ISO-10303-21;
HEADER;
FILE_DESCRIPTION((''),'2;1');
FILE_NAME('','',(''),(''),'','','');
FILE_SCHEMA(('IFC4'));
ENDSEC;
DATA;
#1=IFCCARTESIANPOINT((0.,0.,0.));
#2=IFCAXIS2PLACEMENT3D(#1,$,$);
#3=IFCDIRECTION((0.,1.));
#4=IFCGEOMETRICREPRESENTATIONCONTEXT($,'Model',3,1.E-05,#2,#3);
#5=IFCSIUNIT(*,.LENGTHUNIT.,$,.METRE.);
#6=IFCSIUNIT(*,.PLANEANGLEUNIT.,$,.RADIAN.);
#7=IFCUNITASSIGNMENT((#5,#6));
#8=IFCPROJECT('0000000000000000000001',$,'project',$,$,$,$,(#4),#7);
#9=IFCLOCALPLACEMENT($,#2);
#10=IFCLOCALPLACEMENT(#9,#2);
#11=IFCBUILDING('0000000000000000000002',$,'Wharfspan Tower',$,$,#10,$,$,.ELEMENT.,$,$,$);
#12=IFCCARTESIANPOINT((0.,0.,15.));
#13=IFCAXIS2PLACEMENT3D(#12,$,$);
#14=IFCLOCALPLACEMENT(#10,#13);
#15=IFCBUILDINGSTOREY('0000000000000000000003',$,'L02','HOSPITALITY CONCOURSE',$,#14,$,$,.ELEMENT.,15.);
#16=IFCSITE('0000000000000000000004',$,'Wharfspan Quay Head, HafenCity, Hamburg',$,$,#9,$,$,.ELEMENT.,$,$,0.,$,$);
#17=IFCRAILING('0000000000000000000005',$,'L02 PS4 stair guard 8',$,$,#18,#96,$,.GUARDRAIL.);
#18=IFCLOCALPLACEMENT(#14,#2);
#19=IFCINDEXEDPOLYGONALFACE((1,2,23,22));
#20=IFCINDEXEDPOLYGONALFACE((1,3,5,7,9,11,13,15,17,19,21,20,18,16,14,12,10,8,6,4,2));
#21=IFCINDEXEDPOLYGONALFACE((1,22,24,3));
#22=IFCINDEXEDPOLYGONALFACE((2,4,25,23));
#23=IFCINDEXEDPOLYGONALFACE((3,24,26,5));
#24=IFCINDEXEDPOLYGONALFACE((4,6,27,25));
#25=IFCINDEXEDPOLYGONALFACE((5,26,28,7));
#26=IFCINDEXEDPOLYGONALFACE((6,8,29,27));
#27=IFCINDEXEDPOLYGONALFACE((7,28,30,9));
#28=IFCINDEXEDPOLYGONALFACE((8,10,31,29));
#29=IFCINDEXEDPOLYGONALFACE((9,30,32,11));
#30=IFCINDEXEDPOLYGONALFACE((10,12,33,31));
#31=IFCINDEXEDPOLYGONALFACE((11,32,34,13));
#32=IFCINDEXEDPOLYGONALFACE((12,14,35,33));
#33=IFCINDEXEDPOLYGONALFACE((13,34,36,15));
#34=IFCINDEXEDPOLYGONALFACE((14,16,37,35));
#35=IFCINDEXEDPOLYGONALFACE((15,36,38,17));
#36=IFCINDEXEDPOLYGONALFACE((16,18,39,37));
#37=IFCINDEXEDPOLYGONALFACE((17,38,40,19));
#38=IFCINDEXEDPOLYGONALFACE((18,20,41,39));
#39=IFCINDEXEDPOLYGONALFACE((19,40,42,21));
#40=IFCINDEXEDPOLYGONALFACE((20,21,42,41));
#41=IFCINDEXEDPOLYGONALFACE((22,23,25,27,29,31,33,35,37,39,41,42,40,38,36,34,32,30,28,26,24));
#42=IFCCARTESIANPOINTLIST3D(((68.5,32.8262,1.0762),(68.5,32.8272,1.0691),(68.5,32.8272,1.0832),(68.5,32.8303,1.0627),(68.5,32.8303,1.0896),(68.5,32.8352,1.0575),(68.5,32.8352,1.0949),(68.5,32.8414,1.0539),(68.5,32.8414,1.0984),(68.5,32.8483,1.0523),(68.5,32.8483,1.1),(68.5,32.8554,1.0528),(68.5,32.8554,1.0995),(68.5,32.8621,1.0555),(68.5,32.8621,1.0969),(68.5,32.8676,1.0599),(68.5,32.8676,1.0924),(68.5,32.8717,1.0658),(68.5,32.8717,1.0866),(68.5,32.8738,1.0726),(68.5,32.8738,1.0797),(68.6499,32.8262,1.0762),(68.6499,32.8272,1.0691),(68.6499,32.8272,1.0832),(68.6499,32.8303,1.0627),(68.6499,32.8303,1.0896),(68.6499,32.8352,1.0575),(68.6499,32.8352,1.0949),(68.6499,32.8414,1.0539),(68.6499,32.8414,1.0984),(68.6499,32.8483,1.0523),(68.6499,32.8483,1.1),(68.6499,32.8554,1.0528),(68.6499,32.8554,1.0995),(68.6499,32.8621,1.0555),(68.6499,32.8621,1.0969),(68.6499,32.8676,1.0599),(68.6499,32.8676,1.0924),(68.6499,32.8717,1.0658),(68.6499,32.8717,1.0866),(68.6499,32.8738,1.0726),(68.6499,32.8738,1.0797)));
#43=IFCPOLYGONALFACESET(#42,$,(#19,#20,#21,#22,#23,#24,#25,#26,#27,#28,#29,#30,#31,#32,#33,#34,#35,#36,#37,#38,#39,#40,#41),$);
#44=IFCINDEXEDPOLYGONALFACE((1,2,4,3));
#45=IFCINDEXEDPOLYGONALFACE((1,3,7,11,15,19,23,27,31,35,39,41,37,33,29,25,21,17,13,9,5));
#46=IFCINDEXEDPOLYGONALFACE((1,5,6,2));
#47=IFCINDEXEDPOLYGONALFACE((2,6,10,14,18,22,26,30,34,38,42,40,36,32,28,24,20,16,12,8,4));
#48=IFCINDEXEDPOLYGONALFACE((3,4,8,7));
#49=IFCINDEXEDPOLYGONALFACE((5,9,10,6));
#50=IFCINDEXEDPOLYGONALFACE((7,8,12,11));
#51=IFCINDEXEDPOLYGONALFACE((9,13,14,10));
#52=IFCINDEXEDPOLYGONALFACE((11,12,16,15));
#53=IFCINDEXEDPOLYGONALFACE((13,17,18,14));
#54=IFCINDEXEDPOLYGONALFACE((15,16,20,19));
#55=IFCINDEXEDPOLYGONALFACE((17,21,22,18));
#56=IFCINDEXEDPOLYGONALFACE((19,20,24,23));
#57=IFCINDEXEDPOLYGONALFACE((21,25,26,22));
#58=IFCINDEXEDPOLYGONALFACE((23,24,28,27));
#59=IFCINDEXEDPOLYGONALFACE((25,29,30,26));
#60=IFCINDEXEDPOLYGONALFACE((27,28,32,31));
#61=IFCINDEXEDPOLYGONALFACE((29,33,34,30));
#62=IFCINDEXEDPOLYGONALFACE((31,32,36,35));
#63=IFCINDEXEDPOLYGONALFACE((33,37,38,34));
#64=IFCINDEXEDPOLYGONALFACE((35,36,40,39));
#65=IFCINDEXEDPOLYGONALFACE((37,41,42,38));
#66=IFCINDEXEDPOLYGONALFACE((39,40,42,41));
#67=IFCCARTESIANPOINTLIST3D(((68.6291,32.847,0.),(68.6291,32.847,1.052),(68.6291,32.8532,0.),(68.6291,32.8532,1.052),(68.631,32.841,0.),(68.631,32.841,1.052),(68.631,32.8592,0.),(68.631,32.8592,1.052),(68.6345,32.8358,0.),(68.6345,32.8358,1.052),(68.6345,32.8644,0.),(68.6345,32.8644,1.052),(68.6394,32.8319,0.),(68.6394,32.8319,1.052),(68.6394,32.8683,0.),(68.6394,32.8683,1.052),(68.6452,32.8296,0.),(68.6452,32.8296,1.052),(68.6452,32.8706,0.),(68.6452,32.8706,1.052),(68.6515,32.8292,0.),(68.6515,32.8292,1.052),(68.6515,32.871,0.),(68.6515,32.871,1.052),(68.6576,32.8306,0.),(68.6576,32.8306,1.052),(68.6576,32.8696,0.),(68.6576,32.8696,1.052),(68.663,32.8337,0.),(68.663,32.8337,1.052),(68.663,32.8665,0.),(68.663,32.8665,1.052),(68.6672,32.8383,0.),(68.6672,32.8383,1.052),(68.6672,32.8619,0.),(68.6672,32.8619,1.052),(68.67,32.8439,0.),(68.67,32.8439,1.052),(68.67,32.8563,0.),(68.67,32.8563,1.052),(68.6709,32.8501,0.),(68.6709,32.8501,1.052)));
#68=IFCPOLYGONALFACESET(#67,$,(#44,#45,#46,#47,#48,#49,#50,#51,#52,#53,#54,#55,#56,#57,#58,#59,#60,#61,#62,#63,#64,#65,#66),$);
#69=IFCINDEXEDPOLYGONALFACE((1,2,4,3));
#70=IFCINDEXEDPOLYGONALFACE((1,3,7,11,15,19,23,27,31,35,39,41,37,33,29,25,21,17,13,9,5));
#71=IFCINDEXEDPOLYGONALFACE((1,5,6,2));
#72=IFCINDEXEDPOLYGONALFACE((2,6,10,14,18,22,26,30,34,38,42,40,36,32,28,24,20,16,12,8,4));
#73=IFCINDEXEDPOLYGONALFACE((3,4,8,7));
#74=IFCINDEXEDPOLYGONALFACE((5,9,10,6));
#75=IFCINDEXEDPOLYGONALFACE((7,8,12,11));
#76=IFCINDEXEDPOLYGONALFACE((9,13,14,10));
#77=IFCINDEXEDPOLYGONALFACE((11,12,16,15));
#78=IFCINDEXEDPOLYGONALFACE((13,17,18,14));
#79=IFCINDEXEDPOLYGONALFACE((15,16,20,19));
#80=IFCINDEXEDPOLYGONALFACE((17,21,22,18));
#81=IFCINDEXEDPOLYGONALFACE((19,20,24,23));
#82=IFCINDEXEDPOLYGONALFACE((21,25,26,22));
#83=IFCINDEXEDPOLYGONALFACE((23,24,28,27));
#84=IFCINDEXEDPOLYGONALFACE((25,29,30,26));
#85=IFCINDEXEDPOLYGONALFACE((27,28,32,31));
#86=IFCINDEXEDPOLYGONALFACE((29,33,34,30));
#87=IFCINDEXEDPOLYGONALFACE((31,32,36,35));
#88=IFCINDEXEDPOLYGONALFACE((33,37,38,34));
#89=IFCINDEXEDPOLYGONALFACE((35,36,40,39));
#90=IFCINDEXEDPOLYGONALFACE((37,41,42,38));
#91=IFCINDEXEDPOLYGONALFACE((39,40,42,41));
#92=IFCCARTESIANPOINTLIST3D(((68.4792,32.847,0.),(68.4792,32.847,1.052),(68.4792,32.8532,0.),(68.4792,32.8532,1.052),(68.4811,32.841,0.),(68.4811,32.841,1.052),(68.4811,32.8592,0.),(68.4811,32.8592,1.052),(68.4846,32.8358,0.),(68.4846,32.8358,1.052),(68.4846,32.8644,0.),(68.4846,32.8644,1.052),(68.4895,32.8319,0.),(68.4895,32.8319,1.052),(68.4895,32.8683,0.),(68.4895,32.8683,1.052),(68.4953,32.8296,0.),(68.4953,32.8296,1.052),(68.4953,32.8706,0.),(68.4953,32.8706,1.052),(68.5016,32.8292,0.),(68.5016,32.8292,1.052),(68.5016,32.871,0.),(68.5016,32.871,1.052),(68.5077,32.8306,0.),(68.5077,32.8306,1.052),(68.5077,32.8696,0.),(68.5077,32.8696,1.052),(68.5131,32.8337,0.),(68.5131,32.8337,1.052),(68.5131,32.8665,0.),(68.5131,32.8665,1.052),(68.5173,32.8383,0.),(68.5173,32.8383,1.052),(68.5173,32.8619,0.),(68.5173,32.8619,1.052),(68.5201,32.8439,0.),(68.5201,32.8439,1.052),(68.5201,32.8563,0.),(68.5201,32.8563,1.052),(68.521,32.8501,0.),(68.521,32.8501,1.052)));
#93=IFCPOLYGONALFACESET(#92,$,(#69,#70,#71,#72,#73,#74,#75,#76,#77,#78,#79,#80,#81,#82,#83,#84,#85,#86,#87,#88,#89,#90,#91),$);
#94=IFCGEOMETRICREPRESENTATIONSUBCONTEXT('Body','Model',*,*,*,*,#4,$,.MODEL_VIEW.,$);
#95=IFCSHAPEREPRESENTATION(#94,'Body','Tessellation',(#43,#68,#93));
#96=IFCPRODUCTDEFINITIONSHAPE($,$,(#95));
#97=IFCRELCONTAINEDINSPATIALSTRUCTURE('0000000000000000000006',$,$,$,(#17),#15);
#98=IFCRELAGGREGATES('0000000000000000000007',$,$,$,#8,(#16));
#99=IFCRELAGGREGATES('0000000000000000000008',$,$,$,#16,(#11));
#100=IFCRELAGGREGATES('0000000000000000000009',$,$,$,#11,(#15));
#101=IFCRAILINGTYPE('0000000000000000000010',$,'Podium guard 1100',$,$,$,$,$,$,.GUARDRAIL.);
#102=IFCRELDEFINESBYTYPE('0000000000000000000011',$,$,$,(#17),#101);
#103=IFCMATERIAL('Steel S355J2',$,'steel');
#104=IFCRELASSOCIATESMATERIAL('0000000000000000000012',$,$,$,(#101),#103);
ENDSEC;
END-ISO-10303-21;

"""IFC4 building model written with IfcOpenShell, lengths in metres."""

from ifc_helpers import new_model, si_unit, direction, frame, origin, origin_2d, place, context, subcontext, project, spatial, circle, extrude, material, type_object, element, save


model = new_model("IFC4")

# Units and contexts
model_context = context("Model", 3, precision=1e-05, world=origin(), true_north=direction((0.0, 1.0)))
body_context = subcontext(model_context, "Body", "Model", "MODEL_VIEW")
ifc_project = project(units=[si_unit("LENGTHUNIT", "METRE"), si_unit("PLANEANGLEUNIT", "RADIAN")], contexts=[model_context])

# Site, building, storey
site_placement = place(None, origin())
site = spatial("IfcSite", under=ifc_project, at=site_placement, Name="Wharfspan Quay Head, HafenCity, Hamburg", CompositionType="ELEMENT", RefElevation=0.0)
building_placement = place(site_placement, origin())
building = spatial("IfcBuilding", under=site, at=building_placement, Name="Wharfspan Tower", CompositionType="ELEMENT")
storey_placement = place(building_placement, frame((0.0, 0.0, 15.0)))
storey = spatial("IfcBuildingStorey", under=building, at=storey_placement, Name="L02", Description="HOSPITALITY CONCOURSE", CompositionType="ELEMENT", Elevation=15.0)

# Railing
ifc_material_1 = material(Name="Steel S355J2", Category="steel")
railing_type_1 = type_object("IfcRailingType", Name="Podium guard 1100", PredefinedType="GUARDRAIL", material=ifc_material_1)
railing_1_placement = place(storey_placement, frame((68.6499, 32.8501, 0.0)))
element("IfcRailing", 1, at=railing_1_placement, inside=storey, type_object=railing_type_1, Name="L02 PS4 stair guard 8", PredefinedType="GUARDRAIL", context=body_context, shape_type="SweptSolid", body=[
    extrude(circle(Radius=0.0239, at=origin_2d()), frame((0.0, 0.0, 1.0762), z_axis=(-1.0, 0.0, 0.0), x_axis=(0.0, -1.0, 0.0)), (0.0, 0.0, 1.0), 0.1499),
    extrude(circle(Radius=0.021, at=origin_2d()), origin(), (0.0, 0.0, 1.0), 1.052),
    extrude(circle(Radius=0.021, at=origin_2d()), frame((-0.1499, 0.0, 0.0)), (0.0, 0.0, 1.0), 1.052),
])

save(model, "model.ifc")
